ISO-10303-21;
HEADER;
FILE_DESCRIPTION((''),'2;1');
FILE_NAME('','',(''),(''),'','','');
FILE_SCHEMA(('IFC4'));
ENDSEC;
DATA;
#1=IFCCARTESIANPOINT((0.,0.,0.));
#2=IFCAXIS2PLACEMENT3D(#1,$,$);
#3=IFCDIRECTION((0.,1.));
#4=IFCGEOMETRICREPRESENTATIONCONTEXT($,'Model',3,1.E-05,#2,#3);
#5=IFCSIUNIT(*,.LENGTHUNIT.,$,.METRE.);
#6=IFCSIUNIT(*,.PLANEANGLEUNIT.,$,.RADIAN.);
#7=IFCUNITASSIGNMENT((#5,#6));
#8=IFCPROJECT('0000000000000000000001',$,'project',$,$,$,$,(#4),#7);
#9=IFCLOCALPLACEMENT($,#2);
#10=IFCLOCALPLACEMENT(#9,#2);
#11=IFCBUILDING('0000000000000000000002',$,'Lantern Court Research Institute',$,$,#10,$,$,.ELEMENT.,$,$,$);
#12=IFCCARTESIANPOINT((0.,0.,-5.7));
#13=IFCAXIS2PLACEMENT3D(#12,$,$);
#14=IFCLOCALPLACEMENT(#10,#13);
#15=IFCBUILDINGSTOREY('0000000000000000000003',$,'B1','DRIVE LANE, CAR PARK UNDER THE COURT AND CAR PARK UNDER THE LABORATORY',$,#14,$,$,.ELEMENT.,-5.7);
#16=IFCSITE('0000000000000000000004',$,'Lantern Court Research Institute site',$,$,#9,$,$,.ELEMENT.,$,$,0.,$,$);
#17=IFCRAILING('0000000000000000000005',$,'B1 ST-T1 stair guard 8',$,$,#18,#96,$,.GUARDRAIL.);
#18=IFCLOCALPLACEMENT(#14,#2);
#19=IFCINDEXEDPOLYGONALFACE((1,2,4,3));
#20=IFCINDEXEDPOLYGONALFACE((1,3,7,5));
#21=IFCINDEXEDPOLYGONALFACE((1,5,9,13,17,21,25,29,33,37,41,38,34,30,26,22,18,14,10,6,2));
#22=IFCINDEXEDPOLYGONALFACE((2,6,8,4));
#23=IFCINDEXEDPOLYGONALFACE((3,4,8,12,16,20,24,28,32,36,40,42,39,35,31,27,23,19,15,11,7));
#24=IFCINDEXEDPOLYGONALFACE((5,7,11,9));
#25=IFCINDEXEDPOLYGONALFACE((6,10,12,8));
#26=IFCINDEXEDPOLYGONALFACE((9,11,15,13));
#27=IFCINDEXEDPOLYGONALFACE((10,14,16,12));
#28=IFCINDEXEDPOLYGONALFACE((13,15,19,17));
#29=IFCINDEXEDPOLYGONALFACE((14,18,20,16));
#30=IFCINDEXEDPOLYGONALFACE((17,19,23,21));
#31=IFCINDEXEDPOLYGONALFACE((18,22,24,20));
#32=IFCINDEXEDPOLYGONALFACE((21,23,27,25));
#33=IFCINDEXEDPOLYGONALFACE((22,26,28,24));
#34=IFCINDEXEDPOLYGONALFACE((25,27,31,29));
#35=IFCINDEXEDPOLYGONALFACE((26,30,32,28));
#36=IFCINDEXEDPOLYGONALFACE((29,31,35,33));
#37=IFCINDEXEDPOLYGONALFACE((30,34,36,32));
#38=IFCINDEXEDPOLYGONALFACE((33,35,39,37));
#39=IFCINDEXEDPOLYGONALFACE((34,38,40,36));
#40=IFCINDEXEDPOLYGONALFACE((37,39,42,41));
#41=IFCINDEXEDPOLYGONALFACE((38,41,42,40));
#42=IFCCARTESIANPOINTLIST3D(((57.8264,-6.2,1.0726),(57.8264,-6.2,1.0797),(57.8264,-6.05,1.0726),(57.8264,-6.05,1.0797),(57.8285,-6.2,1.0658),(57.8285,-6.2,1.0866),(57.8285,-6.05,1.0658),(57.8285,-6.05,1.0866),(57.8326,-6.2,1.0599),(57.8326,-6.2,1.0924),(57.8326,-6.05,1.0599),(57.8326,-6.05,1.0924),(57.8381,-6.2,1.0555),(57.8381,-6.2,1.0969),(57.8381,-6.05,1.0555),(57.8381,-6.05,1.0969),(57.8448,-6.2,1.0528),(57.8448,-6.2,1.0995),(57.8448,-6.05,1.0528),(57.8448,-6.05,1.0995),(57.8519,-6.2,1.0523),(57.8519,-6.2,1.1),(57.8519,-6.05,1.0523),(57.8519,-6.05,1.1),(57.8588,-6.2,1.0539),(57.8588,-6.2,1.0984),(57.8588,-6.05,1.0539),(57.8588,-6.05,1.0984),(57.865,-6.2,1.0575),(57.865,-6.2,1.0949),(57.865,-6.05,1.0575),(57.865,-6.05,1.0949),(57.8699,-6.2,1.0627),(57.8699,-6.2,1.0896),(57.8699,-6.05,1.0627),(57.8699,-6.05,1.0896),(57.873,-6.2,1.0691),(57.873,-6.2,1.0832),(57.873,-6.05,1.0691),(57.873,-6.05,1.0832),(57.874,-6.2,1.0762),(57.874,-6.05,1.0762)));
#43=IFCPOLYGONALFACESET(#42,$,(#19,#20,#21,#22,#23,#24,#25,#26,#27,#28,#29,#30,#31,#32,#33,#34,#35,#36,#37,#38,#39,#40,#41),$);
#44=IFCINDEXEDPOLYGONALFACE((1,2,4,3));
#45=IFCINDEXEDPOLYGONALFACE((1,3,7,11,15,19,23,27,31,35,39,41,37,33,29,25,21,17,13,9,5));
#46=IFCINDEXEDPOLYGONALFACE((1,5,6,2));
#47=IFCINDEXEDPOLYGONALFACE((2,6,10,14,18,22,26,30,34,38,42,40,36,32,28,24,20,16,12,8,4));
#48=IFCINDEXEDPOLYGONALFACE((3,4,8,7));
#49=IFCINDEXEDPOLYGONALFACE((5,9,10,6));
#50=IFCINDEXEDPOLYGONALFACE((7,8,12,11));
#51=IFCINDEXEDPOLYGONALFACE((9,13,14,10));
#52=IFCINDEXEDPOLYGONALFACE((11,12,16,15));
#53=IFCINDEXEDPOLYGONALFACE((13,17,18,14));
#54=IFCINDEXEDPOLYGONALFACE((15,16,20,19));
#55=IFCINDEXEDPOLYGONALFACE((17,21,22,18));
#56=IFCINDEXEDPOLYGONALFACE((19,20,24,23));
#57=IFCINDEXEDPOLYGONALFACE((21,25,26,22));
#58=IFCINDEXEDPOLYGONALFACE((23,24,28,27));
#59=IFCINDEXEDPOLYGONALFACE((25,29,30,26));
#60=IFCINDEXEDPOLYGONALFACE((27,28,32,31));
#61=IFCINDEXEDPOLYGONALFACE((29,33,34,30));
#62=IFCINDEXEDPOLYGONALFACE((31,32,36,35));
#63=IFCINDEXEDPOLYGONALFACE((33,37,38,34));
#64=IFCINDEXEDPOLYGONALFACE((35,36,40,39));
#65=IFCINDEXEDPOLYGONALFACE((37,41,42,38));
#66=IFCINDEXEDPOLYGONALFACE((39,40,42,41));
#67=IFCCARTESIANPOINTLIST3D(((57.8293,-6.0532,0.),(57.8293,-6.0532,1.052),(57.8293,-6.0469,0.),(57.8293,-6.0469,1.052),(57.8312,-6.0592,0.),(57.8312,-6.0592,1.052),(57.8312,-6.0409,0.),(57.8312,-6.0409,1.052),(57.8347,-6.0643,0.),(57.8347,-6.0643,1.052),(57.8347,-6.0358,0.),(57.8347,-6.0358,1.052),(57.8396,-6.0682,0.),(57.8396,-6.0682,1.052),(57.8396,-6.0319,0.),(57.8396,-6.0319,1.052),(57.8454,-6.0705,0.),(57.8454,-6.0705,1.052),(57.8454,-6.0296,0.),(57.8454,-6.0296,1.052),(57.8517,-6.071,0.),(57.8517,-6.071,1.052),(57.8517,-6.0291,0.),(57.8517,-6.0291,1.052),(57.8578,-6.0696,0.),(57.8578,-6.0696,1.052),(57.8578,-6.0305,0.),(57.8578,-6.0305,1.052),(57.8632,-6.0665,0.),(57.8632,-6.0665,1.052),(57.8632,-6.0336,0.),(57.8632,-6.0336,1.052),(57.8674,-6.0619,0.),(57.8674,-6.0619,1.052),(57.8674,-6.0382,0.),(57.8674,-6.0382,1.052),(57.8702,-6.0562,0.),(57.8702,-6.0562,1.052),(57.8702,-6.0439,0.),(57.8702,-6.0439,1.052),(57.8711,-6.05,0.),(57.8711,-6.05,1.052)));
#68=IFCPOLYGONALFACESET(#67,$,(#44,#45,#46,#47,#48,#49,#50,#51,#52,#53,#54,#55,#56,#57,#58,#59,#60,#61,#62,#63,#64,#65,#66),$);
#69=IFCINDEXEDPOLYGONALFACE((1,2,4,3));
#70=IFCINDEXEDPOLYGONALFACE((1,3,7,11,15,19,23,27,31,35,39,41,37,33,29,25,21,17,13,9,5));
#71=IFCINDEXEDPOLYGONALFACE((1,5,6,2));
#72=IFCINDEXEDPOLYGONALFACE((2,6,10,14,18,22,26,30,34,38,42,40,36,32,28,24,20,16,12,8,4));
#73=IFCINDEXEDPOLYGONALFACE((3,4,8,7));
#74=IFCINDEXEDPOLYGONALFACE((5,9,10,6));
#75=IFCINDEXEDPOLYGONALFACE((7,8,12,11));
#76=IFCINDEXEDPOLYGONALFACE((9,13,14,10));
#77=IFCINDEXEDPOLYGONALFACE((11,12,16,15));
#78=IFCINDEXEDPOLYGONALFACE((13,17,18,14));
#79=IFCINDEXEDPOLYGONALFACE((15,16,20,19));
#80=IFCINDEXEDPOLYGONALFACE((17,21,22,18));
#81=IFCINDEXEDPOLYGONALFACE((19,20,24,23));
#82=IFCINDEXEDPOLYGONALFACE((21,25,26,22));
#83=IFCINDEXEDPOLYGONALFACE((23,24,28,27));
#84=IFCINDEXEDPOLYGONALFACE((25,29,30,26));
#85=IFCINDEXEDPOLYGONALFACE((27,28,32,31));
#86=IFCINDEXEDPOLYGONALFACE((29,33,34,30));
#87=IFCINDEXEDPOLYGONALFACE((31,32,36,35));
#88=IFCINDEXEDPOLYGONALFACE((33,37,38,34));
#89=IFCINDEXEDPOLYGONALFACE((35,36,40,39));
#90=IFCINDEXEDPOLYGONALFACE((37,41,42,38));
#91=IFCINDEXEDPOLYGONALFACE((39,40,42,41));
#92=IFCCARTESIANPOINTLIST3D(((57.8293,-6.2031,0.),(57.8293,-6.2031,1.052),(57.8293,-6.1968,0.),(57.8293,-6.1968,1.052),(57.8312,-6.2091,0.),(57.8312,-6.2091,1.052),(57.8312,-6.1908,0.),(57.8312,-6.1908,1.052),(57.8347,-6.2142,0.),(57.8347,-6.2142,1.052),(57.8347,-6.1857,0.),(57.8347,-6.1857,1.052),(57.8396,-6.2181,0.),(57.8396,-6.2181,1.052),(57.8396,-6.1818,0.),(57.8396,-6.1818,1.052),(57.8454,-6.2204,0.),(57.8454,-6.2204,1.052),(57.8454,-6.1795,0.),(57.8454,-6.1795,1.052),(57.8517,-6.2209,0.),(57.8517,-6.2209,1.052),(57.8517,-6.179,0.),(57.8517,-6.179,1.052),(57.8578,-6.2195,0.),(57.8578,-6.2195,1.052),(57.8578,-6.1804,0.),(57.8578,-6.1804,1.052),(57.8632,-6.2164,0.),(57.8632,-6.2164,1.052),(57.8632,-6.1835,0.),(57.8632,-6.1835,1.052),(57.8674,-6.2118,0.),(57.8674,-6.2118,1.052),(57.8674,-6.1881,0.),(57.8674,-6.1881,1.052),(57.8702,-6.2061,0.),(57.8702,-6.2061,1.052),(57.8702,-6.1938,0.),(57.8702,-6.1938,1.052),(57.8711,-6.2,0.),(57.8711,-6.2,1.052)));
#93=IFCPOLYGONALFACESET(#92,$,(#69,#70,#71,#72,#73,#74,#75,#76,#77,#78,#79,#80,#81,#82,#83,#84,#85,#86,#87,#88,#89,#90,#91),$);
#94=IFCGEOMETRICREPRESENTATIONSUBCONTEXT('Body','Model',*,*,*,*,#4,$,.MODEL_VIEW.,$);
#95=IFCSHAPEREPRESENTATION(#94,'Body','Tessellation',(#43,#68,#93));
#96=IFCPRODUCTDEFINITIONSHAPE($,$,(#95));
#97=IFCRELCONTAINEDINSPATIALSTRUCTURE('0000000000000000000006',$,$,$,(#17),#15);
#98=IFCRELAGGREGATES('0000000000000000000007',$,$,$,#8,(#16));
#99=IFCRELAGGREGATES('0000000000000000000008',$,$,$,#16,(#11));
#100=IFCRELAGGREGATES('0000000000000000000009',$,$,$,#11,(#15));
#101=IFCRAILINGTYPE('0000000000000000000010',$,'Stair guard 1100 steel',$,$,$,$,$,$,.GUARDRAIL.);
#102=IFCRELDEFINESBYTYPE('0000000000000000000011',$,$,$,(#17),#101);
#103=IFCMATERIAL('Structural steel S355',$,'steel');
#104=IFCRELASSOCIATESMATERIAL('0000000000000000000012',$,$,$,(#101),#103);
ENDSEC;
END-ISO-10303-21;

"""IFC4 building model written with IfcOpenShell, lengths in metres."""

from ifc_helpers import new_model, si_unit, direction, frame, origin, origin_2d, place, context, subcontext, project, spatial, circle, extrude, material, type_object, element, save


model = new_model("IFC4")

# Units and contexts
model_context = context("Model", 3, precision=1e-05, world=origin(), true_north=direction((0.0, 1.0)))
body_context = subcontext(model_context, "Body", "Model", "MODEL_VIEW")
ifc_project = project(units=[si_unit("LENGTHUNIT", "METRE"), si_unit("PLANEANGLEUNIT", "RADIAN")], contexts=[model_context])

# Site, building, storey
site_placement = place(None, origin())
site = spatial("IfcSite", under=ifc_project, at=site_placement, Name="Lantern Court Research Institute site", CompositionType="ELEMENT", RefElevation=0.0)
building_placement = place(site_placement, origin())
building = spatial("IfcBuilding", under=site, at=building_placement, Name="Lantern Court Research Institute", CompositionType="ELEMENT")
storey_placement = place(building_placement, frame((0.0, 0.0, -5.7)))
storey = spatial("IfcBuildingStorey", under=building, at=storey_placement, Name="B1", Description="DRIVE LANE, CAR PARK UNDER THE COURT AND CAR PARK UNDER THE LABORATORY", CompositionType="ELEMENT", Elevation=-5.7)

# Railing
ifc_material_1 = material(Name="Structural steel S355", Category="steel")
railing_type_1 = type_object("IfcRailingType", Name="Stair guard 1100 steel", PredefinedType="GUARDRAIL", material=ifc_material_1)
railing_1_placement = place(storey_placement, frame((57.8501, -6.05, 0.0)))
element("IfcRailing", 1, at=railing_1_placement, inside=storey, type_object=railing_type_1, Name="B1 ST-T1 stair guard 8", PredefinedType="GUARDRAIL", context=body_context, shape_type="SweptSolid", body=[
    extrude(circle(Radius=0.0239, at=origin_2d()), frame((0.0, 0.0, 1.0762), z_axis=(0.0, -1.0, 0.0), x_axis=(1.0, 0.0, 0.0)), (0.0, 0.0, 1.0), 0.1499),
    extrude(circle(Radius=0.021, at=origin_2d()), origin(), (0.0, 0.0, 1.0), 1.052),
    extrude(circle(Radius=0.021, at=origin_2d()), frame((0.0, -0.1499, 0.0)), (0.0, 0.0, 1.0), 1.052),
])

save(model, "model.ifc")
